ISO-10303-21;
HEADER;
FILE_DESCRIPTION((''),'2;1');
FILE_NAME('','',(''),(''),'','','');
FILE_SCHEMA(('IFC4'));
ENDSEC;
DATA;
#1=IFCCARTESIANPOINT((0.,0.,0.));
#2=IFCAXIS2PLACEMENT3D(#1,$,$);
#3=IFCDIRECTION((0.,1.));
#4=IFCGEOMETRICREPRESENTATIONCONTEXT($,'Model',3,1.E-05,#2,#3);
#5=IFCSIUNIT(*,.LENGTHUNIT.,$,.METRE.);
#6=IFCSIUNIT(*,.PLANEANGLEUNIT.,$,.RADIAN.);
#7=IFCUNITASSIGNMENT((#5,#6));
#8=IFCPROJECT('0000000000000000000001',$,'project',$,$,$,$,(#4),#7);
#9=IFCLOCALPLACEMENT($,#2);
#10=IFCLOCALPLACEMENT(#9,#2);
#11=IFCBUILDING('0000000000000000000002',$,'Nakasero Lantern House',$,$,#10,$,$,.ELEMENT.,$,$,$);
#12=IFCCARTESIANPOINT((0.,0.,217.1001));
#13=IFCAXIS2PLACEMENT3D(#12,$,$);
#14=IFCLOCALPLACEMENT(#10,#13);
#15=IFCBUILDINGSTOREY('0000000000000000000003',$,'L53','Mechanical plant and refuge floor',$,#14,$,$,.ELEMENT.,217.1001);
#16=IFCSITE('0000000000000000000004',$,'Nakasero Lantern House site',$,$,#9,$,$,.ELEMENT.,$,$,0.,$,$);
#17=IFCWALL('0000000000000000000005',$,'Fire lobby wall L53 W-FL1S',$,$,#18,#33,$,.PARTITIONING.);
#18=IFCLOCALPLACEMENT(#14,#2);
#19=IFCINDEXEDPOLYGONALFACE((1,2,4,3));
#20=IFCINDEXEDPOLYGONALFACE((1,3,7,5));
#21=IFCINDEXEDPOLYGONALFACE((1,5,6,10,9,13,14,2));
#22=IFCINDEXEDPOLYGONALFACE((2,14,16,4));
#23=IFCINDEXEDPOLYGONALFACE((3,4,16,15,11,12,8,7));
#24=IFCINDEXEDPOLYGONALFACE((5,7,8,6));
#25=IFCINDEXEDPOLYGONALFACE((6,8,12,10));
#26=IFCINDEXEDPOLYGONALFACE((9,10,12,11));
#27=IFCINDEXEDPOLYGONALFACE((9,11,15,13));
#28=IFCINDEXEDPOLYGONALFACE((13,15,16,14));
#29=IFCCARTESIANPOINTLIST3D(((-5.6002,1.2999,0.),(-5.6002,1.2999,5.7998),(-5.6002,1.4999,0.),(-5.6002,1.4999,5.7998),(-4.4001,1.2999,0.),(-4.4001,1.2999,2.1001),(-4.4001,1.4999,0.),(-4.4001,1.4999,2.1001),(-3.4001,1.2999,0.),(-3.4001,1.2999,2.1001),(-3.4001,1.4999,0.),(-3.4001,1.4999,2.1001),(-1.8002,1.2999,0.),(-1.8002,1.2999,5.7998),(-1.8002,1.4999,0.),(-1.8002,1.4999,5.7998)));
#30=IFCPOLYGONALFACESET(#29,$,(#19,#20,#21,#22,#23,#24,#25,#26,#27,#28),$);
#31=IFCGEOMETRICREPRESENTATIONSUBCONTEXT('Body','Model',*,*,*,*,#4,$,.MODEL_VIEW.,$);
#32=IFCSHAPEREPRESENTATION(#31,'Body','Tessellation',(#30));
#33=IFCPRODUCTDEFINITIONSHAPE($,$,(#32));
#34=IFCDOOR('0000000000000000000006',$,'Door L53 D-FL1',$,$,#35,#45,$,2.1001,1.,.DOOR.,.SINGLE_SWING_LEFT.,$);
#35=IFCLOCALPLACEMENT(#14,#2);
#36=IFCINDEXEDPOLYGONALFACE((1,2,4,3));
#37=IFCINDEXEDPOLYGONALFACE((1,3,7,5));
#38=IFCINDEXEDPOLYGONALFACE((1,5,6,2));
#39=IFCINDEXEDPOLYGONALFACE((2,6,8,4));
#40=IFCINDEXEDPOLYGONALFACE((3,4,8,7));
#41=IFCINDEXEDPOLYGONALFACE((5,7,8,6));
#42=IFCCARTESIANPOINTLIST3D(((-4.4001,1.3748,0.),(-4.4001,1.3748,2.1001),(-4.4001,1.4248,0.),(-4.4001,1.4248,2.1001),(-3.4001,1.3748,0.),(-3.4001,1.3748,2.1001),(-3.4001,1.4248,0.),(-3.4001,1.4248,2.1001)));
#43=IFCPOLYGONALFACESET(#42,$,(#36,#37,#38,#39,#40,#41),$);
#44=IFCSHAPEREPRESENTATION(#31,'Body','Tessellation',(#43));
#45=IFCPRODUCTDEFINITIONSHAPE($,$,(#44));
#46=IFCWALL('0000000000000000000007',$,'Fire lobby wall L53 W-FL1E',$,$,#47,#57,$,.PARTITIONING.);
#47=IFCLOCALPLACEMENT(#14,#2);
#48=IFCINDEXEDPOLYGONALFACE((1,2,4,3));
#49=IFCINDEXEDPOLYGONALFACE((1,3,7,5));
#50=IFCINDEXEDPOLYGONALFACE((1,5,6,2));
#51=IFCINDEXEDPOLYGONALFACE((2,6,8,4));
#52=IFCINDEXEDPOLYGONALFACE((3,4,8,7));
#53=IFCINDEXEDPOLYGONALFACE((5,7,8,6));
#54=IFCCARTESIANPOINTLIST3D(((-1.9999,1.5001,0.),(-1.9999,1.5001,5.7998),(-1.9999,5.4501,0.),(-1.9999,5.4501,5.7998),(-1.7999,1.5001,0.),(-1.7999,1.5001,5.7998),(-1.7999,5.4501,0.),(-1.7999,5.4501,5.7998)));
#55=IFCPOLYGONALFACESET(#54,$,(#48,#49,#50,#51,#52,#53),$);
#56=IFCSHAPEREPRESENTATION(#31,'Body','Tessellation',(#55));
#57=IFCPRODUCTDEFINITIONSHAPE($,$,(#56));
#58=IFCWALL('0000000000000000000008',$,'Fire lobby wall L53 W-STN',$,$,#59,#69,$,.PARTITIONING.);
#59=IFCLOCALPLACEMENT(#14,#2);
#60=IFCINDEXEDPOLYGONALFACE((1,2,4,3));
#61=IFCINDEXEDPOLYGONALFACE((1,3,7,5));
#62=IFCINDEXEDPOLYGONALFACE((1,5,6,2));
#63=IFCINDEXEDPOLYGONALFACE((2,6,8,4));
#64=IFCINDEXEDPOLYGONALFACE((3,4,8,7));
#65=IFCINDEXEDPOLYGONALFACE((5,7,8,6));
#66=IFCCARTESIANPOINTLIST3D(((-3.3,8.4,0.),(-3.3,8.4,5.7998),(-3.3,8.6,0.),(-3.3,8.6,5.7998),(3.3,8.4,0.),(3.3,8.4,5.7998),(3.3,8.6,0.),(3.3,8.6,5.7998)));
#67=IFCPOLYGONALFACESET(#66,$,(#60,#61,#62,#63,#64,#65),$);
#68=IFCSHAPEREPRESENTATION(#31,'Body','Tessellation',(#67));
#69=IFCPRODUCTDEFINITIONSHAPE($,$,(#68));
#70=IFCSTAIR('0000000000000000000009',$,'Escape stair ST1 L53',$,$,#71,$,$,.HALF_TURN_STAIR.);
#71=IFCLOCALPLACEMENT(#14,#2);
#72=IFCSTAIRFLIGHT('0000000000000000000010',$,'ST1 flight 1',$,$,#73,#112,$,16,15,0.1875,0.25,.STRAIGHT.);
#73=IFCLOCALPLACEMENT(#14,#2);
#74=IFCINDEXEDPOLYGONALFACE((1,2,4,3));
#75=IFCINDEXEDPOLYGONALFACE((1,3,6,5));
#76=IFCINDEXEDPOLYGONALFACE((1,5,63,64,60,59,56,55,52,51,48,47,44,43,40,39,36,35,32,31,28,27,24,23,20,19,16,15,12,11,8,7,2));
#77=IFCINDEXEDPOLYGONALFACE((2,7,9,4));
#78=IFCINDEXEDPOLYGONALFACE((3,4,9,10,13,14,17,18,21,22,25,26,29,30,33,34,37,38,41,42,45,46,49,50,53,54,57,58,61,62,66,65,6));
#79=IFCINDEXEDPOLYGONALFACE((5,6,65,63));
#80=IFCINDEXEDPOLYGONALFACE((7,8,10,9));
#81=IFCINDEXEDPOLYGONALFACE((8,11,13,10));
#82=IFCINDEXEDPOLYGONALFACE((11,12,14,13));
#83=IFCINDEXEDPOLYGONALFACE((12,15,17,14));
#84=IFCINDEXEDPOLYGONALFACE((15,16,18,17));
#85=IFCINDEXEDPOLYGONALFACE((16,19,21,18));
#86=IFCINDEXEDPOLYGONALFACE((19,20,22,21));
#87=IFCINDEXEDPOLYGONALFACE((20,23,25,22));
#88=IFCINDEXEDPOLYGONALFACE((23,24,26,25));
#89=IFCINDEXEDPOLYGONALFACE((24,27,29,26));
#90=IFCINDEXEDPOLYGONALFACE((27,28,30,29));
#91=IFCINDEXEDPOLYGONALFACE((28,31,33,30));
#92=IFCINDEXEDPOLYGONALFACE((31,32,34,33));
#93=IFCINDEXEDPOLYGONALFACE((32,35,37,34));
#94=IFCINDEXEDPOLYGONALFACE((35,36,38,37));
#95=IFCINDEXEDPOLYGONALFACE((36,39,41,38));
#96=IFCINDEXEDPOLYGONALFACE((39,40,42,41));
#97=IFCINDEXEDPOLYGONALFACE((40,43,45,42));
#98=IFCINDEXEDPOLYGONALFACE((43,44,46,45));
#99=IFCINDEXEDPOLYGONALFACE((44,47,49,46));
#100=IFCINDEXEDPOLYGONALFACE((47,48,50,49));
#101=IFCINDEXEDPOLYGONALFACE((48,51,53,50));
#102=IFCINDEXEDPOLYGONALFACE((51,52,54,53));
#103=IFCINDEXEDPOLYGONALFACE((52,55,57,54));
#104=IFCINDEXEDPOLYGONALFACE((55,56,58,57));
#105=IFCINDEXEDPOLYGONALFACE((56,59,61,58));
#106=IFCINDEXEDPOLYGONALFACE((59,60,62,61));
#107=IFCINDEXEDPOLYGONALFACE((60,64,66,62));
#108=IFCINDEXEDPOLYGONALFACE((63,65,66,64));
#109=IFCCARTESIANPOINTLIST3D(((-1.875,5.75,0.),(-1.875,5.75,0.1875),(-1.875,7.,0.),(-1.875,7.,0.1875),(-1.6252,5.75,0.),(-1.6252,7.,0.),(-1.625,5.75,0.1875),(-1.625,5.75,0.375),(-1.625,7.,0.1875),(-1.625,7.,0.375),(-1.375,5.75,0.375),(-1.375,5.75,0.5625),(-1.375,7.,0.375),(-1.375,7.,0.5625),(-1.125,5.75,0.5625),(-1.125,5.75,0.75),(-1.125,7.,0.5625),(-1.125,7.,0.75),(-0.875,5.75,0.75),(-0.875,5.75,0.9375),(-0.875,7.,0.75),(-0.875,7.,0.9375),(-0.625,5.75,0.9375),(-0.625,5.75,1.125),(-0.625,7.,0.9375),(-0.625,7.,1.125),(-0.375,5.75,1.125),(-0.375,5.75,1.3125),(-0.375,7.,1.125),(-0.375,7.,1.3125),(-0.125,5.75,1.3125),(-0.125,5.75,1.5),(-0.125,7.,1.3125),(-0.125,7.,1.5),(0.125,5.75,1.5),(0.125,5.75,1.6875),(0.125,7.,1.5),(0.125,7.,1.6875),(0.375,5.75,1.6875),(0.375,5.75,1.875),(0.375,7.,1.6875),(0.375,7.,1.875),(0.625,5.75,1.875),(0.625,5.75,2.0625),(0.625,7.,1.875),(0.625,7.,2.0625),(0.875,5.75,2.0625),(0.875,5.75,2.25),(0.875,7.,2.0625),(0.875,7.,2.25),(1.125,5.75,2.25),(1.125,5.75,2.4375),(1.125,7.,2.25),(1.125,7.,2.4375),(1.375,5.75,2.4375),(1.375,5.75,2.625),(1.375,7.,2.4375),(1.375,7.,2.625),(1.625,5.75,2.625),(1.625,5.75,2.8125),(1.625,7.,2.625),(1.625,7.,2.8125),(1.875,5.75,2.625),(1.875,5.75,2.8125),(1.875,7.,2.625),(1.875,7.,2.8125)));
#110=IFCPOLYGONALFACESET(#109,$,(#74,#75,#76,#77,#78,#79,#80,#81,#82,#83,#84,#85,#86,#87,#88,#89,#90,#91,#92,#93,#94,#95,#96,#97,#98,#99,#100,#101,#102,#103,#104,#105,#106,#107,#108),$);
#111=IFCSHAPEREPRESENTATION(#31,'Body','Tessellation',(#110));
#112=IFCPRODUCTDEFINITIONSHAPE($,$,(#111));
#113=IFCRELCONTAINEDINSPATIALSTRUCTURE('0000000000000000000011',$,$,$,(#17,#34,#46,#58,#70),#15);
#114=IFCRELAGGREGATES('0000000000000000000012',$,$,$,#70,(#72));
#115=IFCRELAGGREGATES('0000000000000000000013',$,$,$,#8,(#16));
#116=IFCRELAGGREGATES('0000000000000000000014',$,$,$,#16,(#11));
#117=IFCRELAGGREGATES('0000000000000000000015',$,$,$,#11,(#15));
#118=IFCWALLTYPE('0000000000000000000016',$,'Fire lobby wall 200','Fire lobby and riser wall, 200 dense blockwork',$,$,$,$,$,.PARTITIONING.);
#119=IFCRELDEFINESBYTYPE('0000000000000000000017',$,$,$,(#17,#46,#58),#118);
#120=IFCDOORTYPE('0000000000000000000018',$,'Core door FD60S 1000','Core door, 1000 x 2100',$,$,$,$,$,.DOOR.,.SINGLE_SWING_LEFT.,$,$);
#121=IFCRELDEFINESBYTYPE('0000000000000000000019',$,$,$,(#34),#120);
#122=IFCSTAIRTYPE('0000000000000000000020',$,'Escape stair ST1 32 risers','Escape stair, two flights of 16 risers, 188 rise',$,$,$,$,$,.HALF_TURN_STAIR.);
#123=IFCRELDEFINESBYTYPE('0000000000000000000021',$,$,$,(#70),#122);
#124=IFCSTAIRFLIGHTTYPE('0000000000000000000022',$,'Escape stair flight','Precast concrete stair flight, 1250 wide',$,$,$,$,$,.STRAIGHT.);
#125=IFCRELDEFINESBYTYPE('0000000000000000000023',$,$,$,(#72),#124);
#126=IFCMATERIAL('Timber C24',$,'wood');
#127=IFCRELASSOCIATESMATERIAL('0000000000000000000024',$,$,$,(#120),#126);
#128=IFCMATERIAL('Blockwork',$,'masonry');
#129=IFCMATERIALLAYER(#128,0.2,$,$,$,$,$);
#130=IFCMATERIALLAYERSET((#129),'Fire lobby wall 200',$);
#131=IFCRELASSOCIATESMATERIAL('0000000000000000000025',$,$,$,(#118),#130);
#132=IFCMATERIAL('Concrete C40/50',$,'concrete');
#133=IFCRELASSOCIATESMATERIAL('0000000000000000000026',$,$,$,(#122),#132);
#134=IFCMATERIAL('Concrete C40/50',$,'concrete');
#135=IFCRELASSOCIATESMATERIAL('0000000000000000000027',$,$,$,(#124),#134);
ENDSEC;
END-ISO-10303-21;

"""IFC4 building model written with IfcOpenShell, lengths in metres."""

from ifc_helpers import new_model, si_unit, direction, frame, frame_2d, origin, place, context, subcontext, project, spatial, polyline, rectangle, outline, extrude, material, layer, layer_set, type_object, element, fill, aggregate, save


model = new_model("IFC4")

# Units and contexts
model_context = context("Model", 3, precision=1e-05, world=origin(), true_north=direction((0.0, 1.0)))
body_context = subcontext(model_context, "Body", "Model", "MODEL_VIEW")
ifc_project = project(units=[si_unit("LENGTHUNIT", "METRE"), si_unit("PLANEANGLEUNIT", "RADIAN")], contexts=[model_context])

# Site, building, storey
site_placement = place(None, origin())
site = spatial("IfcSite", under=ifc_project, at=site_placement, Name="Nakasero Lantern House site", CompositionType="ELEMENT", RefElevation=0.0)
building_placement = place(site_placement, origin())
building = spatial("IfcBuilding", under=site, at=building_placement, Name="Nakasero Lantern House", CompositionType="ELEMENT")
storey_placement = place(building_placement, frame((0.0, 0.0, 217.1001)))
storey = spatial("IfcBuildingStorey", under=building, at=storey_placement, Name="L53", Description="Mechanical plant and refuge floor", CompositionType="ELEMENT", Elevation=217.1001)

# Shared definitions
ifc_material_1 = material(Name="Timber C24", Category="wood")
door_type_1 = type_object("IfcDoorType", Name="Core door FD60S 1000", Description="Core door, 1000 x 2100", OperationType="SINGLE_SWING_LEFT", PredefinedType="DOOR", material=ifc_material_1)

# Wall, opening, door
ifc_material_2 = material(Name="Blockwork", Category="masonry")
ifc_layer_1 = layer(ifc_material_2, 0.2)
ifc_layer_set_1 = layer_set([ifc_layer_1], Name="Fire lobby wall 200")
wall_type_1 = type_object("IfcWallType", Name="Fire lobby wall 200", Description="Fire lobby and riser wall, 200 dense blockwork", PredefinedType="PARTITIONING", material=ifc_layer_set_1)
wall_1_placement = place(storey_placement, frame((-5.6001, 1.3999, 0.0), z_axis=(0.0, 0.0, 1.0), x_axis=(1.0, 0.0, 0.0)))
wall_1 = element("IfcWall", 1, at=wall_1_placement, inside=storey, type_object=wall_type_1, Name="Fire lobby wall L53 W-FL1S", PredefinedType="PARTITIONING", context=body_context, shape_type="SweptSolid", body=[
    extrude(rectangle(XDim=3.8, YDim=0.2, at=frame_2d((1.8999, 0.0))), origin(), (0.0, 0.0, 1.0), 5.7998),
])
opening_1_placement = place(wall_1_placement, frame((1.2, 0.0, 0.0)))
opening_1 = element("IfcOpeningElement", 2, at=opening_1_placement, cuts=wall_1, PredefinedType="OPENING", context=body_context, shape_type="SweptSolid", body=[
    extrude(rectangle(XDim=1.0, YDim=2.1001, at=frame_2d((0.5, 1.05))), frame((0.0, 0.1199, 0.0), z_axis=(0.0, -1.0, 0.0), x_axis=(1.0, 0.0, 0.0)), (0.0, 0.0, 1.0), 0.24),
])
door_1_placement = place(opening_1_placement, origin())
door_1 = element("IfcDoor", 3, at=door_1_placement, inside=storey, type_object=door_type_1, Name="Door L53 D-FL1", OperationType="SINGLE_SWING_LEFT", OverallHeight=2.1001, OverallWidth=1.0, PredefinedType="DOOR", context=body_context, shape_type="SweptSolid", body=[
    extrude(rectangle(XDim=1.0, YDim=2.1001, at=frame_2d((0.5, 1.05))), frame((0.0, 0.0249, 0.0), z_axis=(0.0, -1.0, 0.0), x_axis=(1.0, 0.0, 0.0)), (0.0, 0.0, 1.0), 0.05),
])
fill(opening_1, door_1)

# Walls
wall_2_placement = place(storey_placement, frame((-1.8999, 1.5, 0.0), z_axis=(0.0, 0.0, 1.0), x_axis=(0.0, 1.0, 0.0)))
element("IfcWall", 4, at=wall_2_placement, inside=storey, type_object=wall_type_1, Name="Fire lobby wall L53 W-FL1E", PredefinedType="PARTITIONING", context=body_context, shape_type="SweptSolid", body=[
    extrude(rectangle(XDim=3.95, YDim=0.2, at=frame_2d((1.9751, 0.0))), origin(), (0.0, 0.0, 1.0), 5.7998),
])
wall_3_placement = place(storey_placement, frame((-3.3, 8.5, 0.0), z_axis=(0.0, 0.0, 1.0), x_axis=(1.0, 0.0, 0.0)))
element("IfcWall", 5, at=wall_3_placement, inside=storey, type_object=wall_type_1, Name="Fire lobby wall L53 W-STN", PredefinedType="PARTITIONING", context=body_context, shape_type="SweptSolid", body=[
    extrude(rectangle(XDim=6.6001, YDim=0.2, at=frame_2d((3.3, 0.0))), origin(), (0.0, 0.0, 1.0), 5.7998),
])

# Stair, stair flight
ifc_material_3 = material(Name="Concrete C40/50", Category="concrete")
stair_type = type_object("IfcStairType", Name="Escape stair ST1 32 risers", Description="Escape stair, two flights of 16 risers, 188 rise", PredefinedType="HALF_TURN_STAIR", material=ifc_material_3)
stair_placement = place(storey_placement, origin())
stair = element("IfcStair", 6, at=stair_placement, inside=storey, type_object=stair_type, Name="Escape stair ST1 L53", PredefinedType="HALF_TURN_STAIR")
ifc_material_4 = material(Name="Concrete C40/50", Category="concrete")
stair_flight_type = type_object("IfcStairFlightType", Name="Escape stair flight", Description="Precast concrete stair flight, 1250 wide", PredefinedType="STRAIGHT", material=ifc_material_4)
stair_flight_placement = place(storey_placement, frame((-1.875, 6.375, 0.0), z_axis=(0.0, 0.0, 1.0), x_axis=(1.0, 0.0, 0.0)))
stair_flight = element("IfcStairFlight", 7, at=stair_flight_placement, type_object=stair_flight_type, Name="ST1 flight 1", NumberOfRisers=16, NumberOfTreads=15, PredefinedType="STRAIGHT", RiserHeight=0.1875, TreadLength=0.25, context=body_context, shape_type="SweptSolid", body=[
    extrude(outline(polyline([(0.0, 0.0), (0.0, 0.1875), (0.25, 0.1875), (0.25, 0.375), (0.5, 0.375), (0.5, 0.5625), (0.75, 0.5625), (0.75, 0.75), (1.0, 0.75), (1.0, 0.9375), (1.25, 0.9375), (1.25, 1.125), (1.5, 1.125), (1.5, 1.3125), (1.75, 1.3125), (1.75, 1.5), (2.0, 1.5), (2.0, 1.6875), (2.25, 1.6875), (2.25, 1.875), (2.5, 1.875), (2.5, 2.0625), (2.75, 2.0625), (2.75, 2.25), (3.0, 2.25), (3.0, 2.4375), (3.25, 2.4375), (3.25, 2.625), (3.5, 2.625), (3.5, 2.8125), (3.75, 2.8125), (3.75, 3.0), (3.75, 2.625), (0.2498, 0.0), (0.0, 0.0)])), frame((0.0, 0.625, 0.0), z_axis=(0.0, -1.0, 0.0), x_axis=(1.0, 0.0, 0.0)), (0.0, 0.0, 1.0), 1.25),
])
aggregate(stair, [stair_flight])

save(model, "model.ifc")
